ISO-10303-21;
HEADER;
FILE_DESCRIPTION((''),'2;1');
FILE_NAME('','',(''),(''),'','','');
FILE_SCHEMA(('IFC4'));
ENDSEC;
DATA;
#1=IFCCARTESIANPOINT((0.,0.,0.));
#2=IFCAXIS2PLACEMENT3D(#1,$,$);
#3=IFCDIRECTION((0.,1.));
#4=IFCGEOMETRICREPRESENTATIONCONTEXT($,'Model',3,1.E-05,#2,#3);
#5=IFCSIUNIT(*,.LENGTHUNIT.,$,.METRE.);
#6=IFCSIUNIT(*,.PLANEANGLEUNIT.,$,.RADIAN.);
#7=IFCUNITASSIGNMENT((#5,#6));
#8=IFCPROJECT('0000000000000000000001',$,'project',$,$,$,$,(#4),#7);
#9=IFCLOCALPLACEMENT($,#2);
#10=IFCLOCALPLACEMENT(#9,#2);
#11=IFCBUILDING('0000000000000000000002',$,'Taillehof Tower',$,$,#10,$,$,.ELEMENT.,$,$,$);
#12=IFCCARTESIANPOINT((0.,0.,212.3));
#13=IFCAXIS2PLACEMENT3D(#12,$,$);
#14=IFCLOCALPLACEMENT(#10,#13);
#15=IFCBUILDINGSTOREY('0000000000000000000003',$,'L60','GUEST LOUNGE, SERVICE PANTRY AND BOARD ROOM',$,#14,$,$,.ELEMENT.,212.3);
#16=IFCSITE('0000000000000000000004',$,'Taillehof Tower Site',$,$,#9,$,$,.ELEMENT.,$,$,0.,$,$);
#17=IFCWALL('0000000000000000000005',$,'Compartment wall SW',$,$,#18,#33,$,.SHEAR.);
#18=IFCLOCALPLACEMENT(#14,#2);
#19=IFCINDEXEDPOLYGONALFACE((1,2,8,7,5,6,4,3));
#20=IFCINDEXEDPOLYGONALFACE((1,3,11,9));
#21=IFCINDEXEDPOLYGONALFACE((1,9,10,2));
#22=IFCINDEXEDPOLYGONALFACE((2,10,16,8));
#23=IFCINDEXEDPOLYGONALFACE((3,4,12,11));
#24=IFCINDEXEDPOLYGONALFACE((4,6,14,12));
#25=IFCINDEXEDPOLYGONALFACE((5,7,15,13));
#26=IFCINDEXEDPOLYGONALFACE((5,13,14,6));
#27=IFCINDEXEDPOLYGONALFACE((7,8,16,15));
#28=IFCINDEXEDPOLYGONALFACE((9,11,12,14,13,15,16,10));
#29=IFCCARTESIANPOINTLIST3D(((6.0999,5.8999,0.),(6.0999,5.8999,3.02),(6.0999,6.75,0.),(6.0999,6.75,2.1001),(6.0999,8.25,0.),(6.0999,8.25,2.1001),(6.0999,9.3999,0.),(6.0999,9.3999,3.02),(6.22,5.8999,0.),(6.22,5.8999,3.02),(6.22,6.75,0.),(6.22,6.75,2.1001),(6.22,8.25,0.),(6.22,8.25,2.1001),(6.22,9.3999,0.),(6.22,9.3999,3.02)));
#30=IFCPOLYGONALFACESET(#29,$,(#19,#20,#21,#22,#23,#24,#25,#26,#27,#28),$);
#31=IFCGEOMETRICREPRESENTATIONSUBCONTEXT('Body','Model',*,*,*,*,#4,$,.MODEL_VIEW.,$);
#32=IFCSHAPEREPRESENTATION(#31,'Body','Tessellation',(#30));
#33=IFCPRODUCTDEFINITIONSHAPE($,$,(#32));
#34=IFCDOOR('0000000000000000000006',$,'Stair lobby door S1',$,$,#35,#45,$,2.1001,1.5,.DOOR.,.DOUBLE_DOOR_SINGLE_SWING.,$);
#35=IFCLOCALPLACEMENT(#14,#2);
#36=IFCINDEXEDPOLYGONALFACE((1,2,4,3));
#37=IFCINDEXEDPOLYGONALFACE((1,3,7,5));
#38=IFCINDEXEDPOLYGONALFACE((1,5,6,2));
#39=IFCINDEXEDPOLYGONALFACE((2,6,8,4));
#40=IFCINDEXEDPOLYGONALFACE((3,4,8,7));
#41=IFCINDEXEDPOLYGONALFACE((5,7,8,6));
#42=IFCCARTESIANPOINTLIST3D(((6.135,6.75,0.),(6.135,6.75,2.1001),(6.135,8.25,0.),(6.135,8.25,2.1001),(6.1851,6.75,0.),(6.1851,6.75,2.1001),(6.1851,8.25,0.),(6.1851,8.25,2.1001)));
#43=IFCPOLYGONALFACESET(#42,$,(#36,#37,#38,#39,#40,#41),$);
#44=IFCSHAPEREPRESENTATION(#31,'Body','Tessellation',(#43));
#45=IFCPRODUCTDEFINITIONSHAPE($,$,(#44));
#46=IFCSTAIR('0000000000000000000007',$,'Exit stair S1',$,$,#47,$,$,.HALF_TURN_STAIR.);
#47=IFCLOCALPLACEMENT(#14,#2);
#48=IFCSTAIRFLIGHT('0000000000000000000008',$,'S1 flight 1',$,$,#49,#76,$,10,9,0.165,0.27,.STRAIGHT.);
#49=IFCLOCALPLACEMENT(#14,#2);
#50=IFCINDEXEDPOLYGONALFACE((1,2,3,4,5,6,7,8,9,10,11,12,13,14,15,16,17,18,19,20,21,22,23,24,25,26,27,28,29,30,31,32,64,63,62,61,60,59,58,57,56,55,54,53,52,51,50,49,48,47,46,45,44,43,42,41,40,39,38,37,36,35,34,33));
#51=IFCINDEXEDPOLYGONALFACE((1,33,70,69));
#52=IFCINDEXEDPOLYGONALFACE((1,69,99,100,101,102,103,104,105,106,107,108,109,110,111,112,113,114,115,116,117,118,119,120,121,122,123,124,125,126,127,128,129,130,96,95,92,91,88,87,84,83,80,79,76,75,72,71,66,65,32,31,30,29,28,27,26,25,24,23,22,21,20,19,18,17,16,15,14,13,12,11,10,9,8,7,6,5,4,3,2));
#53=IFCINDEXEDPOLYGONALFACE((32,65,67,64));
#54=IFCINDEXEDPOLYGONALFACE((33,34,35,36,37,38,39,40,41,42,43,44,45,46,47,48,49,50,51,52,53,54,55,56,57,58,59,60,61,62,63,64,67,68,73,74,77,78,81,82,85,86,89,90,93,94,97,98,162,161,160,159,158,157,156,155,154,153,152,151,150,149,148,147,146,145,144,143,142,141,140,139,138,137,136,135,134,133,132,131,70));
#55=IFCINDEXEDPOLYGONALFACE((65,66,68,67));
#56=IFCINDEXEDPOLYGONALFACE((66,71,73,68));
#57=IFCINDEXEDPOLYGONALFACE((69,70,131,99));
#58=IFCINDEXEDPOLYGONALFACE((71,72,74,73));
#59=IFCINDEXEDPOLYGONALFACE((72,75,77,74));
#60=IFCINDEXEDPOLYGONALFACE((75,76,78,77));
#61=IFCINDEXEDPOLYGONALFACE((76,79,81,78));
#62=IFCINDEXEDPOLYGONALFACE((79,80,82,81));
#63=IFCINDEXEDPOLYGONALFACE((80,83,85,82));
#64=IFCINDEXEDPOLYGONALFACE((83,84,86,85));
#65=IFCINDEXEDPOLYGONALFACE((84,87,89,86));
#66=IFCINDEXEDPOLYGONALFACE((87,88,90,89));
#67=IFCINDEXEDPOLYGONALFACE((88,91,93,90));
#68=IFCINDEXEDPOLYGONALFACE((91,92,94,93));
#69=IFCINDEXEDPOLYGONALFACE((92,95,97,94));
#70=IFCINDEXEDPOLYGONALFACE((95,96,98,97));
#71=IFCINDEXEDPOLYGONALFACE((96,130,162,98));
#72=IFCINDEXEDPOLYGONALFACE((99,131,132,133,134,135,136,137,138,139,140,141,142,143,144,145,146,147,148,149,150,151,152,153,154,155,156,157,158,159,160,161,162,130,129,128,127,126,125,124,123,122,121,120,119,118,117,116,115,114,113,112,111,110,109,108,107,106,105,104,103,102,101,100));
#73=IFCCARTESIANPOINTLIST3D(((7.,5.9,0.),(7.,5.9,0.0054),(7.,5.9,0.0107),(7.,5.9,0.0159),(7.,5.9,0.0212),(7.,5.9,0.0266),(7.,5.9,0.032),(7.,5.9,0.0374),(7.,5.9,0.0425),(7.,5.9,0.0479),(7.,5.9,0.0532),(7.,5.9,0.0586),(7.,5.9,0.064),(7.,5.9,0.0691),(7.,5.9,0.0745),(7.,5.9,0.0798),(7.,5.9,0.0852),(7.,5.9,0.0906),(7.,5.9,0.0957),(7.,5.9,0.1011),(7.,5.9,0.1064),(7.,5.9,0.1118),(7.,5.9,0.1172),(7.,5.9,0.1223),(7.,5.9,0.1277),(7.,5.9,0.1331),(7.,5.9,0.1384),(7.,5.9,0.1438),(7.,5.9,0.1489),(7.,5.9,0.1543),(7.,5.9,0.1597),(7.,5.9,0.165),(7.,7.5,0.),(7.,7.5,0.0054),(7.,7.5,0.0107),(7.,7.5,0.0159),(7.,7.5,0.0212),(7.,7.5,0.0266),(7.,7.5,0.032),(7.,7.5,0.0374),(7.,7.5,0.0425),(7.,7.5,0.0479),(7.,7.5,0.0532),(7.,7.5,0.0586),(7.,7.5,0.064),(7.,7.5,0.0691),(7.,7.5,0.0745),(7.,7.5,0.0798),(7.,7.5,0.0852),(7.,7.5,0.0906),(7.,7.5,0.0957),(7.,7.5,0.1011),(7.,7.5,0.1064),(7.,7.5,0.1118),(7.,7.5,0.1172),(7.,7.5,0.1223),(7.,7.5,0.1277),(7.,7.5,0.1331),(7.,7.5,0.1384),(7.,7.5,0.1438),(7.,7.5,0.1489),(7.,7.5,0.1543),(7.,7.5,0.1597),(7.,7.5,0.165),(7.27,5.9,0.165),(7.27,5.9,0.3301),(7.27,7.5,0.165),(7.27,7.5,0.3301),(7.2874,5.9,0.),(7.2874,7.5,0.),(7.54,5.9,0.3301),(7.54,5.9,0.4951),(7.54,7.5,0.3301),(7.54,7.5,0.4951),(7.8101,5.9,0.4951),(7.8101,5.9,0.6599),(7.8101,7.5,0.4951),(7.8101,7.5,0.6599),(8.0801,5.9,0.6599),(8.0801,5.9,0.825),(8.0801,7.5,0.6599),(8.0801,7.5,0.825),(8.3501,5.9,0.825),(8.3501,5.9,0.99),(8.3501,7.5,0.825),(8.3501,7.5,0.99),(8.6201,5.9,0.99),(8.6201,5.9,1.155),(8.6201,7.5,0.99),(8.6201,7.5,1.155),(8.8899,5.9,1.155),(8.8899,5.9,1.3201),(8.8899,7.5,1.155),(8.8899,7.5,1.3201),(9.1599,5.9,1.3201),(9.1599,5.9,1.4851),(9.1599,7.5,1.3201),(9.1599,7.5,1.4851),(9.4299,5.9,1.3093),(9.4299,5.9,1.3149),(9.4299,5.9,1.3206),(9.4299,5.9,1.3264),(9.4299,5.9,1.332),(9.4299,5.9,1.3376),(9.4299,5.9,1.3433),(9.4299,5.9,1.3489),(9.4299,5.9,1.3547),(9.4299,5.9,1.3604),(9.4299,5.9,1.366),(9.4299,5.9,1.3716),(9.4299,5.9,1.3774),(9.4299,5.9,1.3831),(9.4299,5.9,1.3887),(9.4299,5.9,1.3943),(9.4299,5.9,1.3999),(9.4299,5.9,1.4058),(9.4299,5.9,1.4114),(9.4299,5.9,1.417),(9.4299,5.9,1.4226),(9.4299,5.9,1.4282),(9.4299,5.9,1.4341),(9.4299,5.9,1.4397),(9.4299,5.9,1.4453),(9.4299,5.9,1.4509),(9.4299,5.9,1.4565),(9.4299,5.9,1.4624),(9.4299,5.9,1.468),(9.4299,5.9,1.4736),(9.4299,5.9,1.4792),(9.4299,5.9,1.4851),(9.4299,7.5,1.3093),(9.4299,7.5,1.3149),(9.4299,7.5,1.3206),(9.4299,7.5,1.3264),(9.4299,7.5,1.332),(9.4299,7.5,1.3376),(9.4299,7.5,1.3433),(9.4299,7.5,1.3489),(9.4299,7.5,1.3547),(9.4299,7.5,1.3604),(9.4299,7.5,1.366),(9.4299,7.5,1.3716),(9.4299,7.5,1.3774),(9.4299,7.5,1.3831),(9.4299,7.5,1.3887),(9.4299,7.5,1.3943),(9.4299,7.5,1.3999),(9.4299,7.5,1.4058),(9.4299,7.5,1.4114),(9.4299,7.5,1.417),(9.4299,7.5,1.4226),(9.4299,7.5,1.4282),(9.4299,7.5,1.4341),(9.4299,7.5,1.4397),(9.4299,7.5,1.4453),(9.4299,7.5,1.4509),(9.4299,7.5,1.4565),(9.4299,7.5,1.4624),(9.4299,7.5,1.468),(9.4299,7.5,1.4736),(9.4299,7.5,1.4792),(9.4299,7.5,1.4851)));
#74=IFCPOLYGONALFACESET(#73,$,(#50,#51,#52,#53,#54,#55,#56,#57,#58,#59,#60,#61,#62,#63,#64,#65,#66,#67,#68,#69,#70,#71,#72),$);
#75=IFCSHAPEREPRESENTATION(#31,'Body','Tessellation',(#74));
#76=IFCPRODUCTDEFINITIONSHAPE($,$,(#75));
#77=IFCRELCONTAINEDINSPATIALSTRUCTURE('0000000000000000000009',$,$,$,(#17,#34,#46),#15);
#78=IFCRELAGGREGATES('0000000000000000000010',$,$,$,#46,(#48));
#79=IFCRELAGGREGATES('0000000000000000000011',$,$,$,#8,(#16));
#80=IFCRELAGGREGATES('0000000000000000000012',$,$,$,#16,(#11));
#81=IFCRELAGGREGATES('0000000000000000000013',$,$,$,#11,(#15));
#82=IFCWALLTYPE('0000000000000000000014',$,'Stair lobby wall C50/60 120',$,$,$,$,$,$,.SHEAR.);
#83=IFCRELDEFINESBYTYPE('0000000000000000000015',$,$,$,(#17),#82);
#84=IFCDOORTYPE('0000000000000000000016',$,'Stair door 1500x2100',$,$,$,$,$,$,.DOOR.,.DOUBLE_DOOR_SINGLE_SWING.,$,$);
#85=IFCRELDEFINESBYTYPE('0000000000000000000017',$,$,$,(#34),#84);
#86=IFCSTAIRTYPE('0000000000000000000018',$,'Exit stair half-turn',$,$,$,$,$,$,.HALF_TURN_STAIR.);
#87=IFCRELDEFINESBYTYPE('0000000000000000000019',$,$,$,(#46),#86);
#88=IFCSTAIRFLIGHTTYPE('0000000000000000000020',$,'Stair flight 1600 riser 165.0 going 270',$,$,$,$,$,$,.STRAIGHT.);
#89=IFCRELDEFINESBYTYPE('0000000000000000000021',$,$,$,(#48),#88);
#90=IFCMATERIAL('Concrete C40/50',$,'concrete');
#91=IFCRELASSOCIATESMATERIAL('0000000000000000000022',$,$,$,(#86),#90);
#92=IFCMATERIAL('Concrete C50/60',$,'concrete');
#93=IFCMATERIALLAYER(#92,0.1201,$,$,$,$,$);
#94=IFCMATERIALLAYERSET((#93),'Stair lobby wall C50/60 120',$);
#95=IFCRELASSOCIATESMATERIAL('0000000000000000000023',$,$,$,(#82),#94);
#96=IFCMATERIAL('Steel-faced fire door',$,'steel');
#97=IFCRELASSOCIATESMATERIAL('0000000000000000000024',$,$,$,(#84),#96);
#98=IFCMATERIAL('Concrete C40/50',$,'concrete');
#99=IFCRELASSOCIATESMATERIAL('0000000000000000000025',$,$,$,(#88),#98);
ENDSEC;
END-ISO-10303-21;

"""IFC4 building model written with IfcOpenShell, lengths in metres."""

from ifc_helpers import new_model, si_unit, direction, frame, frame_2d, origin, place, context, subcontext, project, spatial, polyline, rectangle, outline, extrude, material, layer, layer_set, type_object, element, fill, aggregate, save


model = new_model("IFC4")

# Units and contexts
model_context = context("Model", 3, precision=1e-05, world=origin(), true_north=direction((0.0, 1.0)))
body_context = subcontext(model_context, "Body", "Model", "MODEL_VIEW")
ifc_project = project(units=[si_unit("LENGTHUNIT", "METRE"), si_unit("PLANEANGLEUNIT", "RADIAN")], contexts=[model_context])

# Site, building, storey
site_placement = place(None, origin())
site = spatial("IfcSite", under=ifc_project, at=site_placement, Name="Taillehof Tower Site", CompositionType="ELEMENT", RefElevation=0.0)
building_placement = place(site_placement, origin())
building = spatial("IfcBuilding", under=site, at=building_placement, Name="Taillehof Tower", CompositionType="ELEMENT")
storey_placement = place(building_placement, frame((0.0, 0.0, 212.3)))
storey = spatial("IfcBuildingStorey", under=building, at=storey_placement, Name="L60", Description="GUEST LOUNGE, SERVICE PANTRY AND BOARD ROOM", CompositionType="ELEMENT", Elevation=212.3)

# Shared definitions
ifc_material_1 = material(Name="Concrete C40/50", Category="concrete")
stair_type = type_object("IfcStairType", Name="Exit stair half-turn", PredefinedType="HALF_TURN_STAIR", material=ifc_material_1)

# Wall, opening, door
ifc_material_2 = material(Name="Concrete C50/60", Category="concrete")
ifc_layer_1 = layer(ifc_material_2, 0.1201)
ifc_layer_set_1 = layer_set([ifc_layer_1], Name="Stair lobby wall C50/60 120")
wall_type_1 = type_object("IfcWallType", Name="Stair lobby wall C50/60 120", PredefinedType="SHEAR", material=ifc_layer_set_1)
wall_1_placement = place(storey_placement, frame((6.1599, 5.8999, 0.0), z_axis=(0.0, 0.0, 1.0), x_axis=(0.0, 1.0, 0.0)))
wall_1 = element("IfcWall", 1, at=wall_1_placement, inside=storey, type_object=wall_type_1, Name="Compartment wall SW", PredefinedType="SHEAR", context=body_context, shape_type="SweptSolid", body=[
    extrude(rectangle(XDim=3.5, YDim=0.1201, at=frame_2d((1.75, 0.0))), origin(), (0.0, 0.0, 1.0), 3.02),
])
opening_1_placement = place(wall_1_placement, frame((0.8501, 0.0, 0.0)))
opening_1 = element("IfcOpeningElement", 2, at=opening_1_placement, cuts=wall_1, PredefinedType="OPENING", context=body_context, shape_type="SweptSolid", body=[
    extrude(rectangle(XDim=1.5, YDim=2.1001, at=frame_2d((0.75, 1.05))), frame((0.0, 0.0701, 0.0), z_axis=(0.0, -1.0, 0.0), x_axis=(1.0, 0.0, 0.0)), (0.0, 0.0, 1.0), 0.1401),
])
ifc_material_3 = material(Name="Steel-faced fire door", Category="steel")
door_type_1 = type_object("IfcDoorType", Name="Stair door 1500x2100", OperationType="DOUBLE_DOOR_SINGLE_SWING", PredefinedType="DOOR", material=ifc_material_3)
door_1_placement = place(opening_1_placement, origin())
door_1 = element("IfcDoor", 3, at=door_1_placement, inside=storey, type_object=door_type_1, Name="Stair lobby door S1", OperationType="DOUBLE_DOOR_SINGLE_SWING", OverallHeight=2.1001, OverallWidth=1.5, PredefinedType="DOOR", context=body_context, shape_type="SweptSolid", body=[
    extrude(rectangle(XDim=1.5, YDim=2.1001, at=frame_2d((0.75, 1.05))), frame((0.0, 0.0249, 0.0), z_axis=(0.0, -1.0, 0.0), x_axis=(1.0, 0.0, 0.0)), (0.0, 0.0, 1.0), 0.05),
])
fill(opening_1, door_1)

# Stair, stair flight
stair_1_placement = place(storey_placement, origin())
stair_1 = element("IfcStair", 4, at=stair_1_placement, inside=storey, type_object=stair_type, Name="Exit stair S1", PredefinedType="HALF_TURN_STAIR")
ifc_material_4 = material(Name="Concrete C40/50", Category="concrete")
stair_flight_type = type_object("IfcStairFlightType", Name="Stair flight 1600 riser 165.0 going 270", PredefinedType="STRAIGHT", material=ifc_material_4)
stair_flight_placement = place(storey_placement, frame((7.0, 6.7, 0.0), z_axis=(0.0, 0.0, 1.0), x_axis=(1.0, 0.0, 0.0)))
stair_flight = element("IfcStairFlight", 5, at=stair_flight_placement, type_object=stair_flight_type, Name="S1 flight 1", NumberOfRisers=10, NumberOfTreads=9, PredefinedType="STRAIGHT", RiserHeight=0.165, TreadLength=0.27, context=body_context, shape_type="SweptSolid", body=[
    extrude(outline(polyline([(0.0, 0.0), (0.0, 0.0054), (0.0, 0.0107), (0.0, 0.0159), (0.0, 0.0212), (0.0, 0.0266), (0.0, 0.032), (0.0, 0.0374), (0.0, 0.0425), (0.0, 0.0479), (0.0, 0.0532), (0.0, 0.0586), (0.0, 0.064), (0.0, 0.0691), (0.0, 0.0745), (0.0, 0.0798), (0.0, 0.0852), (0.0, 0.0906), (0.0, 0.0957), (0.0, 0.1011), (0.0, 0.1064), (0.0, 0.1118), (0.0, 0.1172), (0.0, 0.1223), (0.0, 0.1277), (0.0, 0.1331), (0.0, 0.1384), (0.0, 0.1438), (0.0, 0.1489), (0.0, 0.1543), (0.0, 0.1597), (0.0, 0.165), (0.27, 0.165), (0.27, 0.3301), (0.54, 0.3301), (0.54, 0.4951), (0.8101, 0.4951), (0.8101, 0.6599), (1.0801, 0.6599), (1.0801, 0.825), (1.3501, 0.825), (1.3501, 0.99), (1.6201, 0.99), (1.6201, 1.155), (1.8899, 1.155), (1.8899, 1.3201), (2.1599, 1.3201), (2.1599, 1.4851), (2.4299, 1.4851), (2.4299, 1.4792), (2.4299, 1.4736), (2.4299, 1.468), (2.4299, 1.4624), (2.4299, 1.4565), (2.4299, 1.4509), (2.4299, 1.4453), (2.4299, 1.4397), (2.4299, 1.4341), (2.4299, 1.4282), (2.4299, 1.4226), (2.4299, 1.417), (2.4299, 1.4114), (2.4299, 1.4058), (2.4299, 1.3999), (2.4299, 1.3943), (2.4299, 1.3887), (2.4299, 1.3831), (2.4299, 1.3774), (2.4299, 1.3716), (2.4299, 1.366), (2.4299, 1.3604), (2.4299, 1.3547), (2.4299, 1.3489), (2.4299, 1.3433), (2.4299, 1.3376), (2.4299, 1.332), (2.4299, 1.3264), (2.4299, 1.3206), (2.4299, 1.3149), (2.4299, 1.3093), (0.2874, 0.0), (0.0, 0.0)])), frame((0.0, 0.8, 0.0), z_axis=(0.0, -1.0, 0.0), x_axis=(1.0, 0.0, 0.0)), (0.0, 0.0, 1.0), 1.6),
])
aggregate(stair_1, [stair_flight])

save(model, "model.ifc")
